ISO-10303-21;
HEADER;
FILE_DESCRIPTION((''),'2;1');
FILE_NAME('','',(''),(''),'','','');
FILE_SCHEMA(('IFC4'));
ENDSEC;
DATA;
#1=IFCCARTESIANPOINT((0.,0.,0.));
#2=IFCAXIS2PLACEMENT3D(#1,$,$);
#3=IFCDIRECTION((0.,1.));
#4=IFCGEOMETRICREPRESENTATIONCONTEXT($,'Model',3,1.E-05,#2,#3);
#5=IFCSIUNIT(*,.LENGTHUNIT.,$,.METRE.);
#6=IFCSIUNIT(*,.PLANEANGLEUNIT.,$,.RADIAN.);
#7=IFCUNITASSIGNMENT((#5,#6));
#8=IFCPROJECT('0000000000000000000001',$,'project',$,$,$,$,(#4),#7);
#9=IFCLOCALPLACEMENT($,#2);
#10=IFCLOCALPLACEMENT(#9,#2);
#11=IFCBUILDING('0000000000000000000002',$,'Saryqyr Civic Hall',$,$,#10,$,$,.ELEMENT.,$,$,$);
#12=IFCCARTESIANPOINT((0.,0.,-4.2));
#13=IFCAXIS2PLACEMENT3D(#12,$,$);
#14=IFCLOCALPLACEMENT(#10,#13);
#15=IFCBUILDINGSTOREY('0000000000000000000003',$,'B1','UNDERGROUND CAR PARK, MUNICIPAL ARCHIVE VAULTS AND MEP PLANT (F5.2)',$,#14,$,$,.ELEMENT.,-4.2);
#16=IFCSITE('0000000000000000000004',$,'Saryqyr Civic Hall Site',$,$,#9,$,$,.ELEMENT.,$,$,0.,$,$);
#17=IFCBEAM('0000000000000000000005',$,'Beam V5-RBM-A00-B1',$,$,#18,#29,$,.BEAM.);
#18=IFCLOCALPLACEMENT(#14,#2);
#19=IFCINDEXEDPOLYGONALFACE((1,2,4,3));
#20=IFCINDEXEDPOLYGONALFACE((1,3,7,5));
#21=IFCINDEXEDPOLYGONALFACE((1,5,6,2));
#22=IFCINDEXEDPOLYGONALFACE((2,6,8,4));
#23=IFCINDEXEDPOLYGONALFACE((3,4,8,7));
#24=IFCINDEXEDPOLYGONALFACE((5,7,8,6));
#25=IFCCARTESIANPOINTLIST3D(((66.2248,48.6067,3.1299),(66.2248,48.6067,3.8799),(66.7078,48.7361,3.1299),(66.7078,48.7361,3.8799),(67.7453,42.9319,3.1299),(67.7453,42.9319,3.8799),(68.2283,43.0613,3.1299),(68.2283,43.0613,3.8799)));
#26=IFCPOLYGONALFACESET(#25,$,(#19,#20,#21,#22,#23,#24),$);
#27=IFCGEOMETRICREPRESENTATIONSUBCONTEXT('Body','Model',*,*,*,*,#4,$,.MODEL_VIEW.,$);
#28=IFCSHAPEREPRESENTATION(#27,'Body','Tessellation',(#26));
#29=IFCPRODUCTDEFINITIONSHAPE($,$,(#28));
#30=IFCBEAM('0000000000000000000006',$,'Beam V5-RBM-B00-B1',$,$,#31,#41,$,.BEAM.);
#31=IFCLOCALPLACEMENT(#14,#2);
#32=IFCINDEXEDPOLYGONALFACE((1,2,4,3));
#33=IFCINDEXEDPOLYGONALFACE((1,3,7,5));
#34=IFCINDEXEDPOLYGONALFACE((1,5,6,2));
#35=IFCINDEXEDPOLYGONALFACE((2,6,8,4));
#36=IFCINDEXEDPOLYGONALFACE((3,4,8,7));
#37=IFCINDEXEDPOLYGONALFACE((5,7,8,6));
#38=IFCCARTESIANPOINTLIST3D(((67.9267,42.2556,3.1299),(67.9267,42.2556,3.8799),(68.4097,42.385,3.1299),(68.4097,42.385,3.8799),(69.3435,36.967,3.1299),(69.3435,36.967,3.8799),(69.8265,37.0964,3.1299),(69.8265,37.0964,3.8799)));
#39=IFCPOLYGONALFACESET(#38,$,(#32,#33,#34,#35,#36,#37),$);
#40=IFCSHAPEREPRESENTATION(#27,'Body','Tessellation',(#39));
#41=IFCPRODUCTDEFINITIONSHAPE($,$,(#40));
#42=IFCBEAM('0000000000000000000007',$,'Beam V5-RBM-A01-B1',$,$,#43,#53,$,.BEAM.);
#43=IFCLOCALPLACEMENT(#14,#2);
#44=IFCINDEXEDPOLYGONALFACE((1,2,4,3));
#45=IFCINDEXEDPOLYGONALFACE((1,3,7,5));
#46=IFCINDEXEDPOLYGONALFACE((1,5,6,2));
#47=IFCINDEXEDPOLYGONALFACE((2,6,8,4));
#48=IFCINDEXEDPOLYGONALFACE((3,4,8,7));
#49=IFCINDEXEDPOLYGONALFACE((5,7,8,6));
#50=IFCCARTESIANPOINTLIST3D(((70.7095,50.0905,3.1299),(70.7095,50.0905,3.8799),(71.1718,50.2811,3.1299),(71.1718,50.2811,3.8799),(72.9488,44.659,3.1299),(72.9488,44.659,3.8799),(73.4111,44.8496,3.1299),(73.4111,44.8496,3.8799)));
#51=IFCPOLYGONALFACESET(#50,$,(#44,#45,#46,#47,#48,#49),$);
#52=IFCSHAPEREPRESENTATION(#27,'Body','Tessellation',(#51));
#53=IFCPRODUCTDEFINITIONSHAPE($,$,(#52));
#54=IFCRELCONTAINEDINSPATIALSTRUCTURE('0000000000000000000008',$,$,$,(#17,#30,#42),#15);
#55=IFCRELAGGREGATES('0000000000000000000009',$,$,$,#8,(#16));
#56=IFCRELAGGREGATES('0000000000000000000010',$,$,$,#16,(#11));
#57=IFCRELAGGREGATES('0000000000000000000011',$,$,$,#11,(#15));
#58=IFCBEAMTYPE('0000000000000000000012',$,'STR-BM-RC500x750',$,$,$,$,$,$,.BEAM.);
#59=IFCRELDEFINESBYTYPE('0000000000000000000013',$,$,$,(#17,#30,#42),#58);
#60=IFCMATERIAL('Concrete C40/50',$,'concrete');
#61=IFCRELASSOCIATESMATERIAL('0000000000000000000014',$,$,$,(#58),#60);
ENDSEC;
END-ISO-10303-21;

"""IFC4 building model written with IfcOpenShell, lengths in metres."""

from ifc_helpers import new_model, si_unit, direction, frame, origin, origin_2d, place, context, subcontext, project, spatial, rectangle, extrude, material, material_profile, profile_set, type_object, element, save


model = new_model("IFC4")

# Units and contexts
model_context = context("Model", 3, precision=1e-05, world=origin(), true_north=direction((0.0, 1.0)))
body_context = subcontext(model_context, "Body", "Model", "MODEL_VIEW")
ifc_project = project(units=[si_unit("LENGTHUNIT", "METRE"), si_unit("PLANEANGLEUNIT", "RADIAN")], contexts=[model_context])

# Site, building, storey
site_placement = place(None, origin())
site = spatial("IfcSite", under=ifc_project, at=site_placement, Name="Saryqyr Civic Hall Site", CompositionType="ELEMENT", RefElevation=0.0)
building_placement = place(site_placement, origin())
building = spatial("IfcBuilding", under=site, at=building_placement, Name="Saryqyr Civic Hall", CompositionType="ELEMENT")
storey_placement = place(building_placement, frame((0.0, 0.0, -4.2)))
storey = spatial("IfcBuildingStorey", under=building, at=storey_placement, Name="B1", Description="UNDERGROUND CAR PARK, MUNICIPAL ARCHIVE VAULTS AND MEP PLANT (F5.2)", CompositionType="ELEMENT", Elevation=-4.2)

# Shared definitions
ifc_material_1 = material(Name="Concrete C40/50", Category="concrete")

# Beams
ifc_material_profile_1 = material_profile(ifc_material_1, rectangle(XDim=0.5, YDim=0.75, at=origin_2d()), Name="RC 500x750")
ifc_profile_set_1 = profile_set([ifc_material_profile_1], Name="Concrete C40/50")
beam_type_1 = type_object("IfcBeamType", Name="STR-BM-RC500x750", PredefinedType="BEAM", material=ifc_profile_set_1)
beam_1_placement = place(storey_placement, frame((66.4663, 48.6714, 3.5049), z_axis=(0.258811, -0.965928, 0.0), x_axis=(0.965928, 0.258811, 0.0)))
element("IfcBeam", 1, at=beam_1_placement, inside=storey, type_object=beam_type_1, Name="Beam V5-RBM-A00-B1", PredefinedType="BEAM", context=body_context, shape_type="SweptSolid", body=[
    extrude(rectangle(XDim=0.5, YDim=0.75, at=origin_2d()), origin(), (0.0, 0.0, 1.0), 5.875),
])
beam_2_placement = place(storey_placement, frame((68.1682, 42.3203, 3.5049), z_axis=(0.258764, -0.96594, 0.0), x_axis=(0.96594, 0.258764, 0.0)))
element("IfcBeam", 2, at=beam_2_placement, inside=storey, type_object=beam_type_1, Name="Beam V5-RBM-B00-B1", PredefinedType="BEAM", context=body_context, shape_type="SweptSolid", body=[
    extrude(rectangle(XDim=0.5, YDim=0.75, at=origin_2d()), origin(), (0.0, 0.0, 1.0), 5.4751),
])
beam_3_placement = place(storey_placement, frame((70.9407, 50.1858, 3.5049), z_axis=(0.381157, -0.92451, 0.0), x_axis=(0.92451, 0.381157, 0.0)))
element("IfcBeam", 3, at=beam_3_placement, inside=storey, type_object=beam_type_1, Name="Beam V5-RBM-A01-B1", PredefinedType="BEAM", context=body_context, shape_type="SweptSolid", body=[
    extrude(rectangle(XDim=0.5, YDim=0.75, at=origin_2d()), origin(), (0.0, 0.0, 1.0), 5.875),
])

save(model, "model.ifc")
